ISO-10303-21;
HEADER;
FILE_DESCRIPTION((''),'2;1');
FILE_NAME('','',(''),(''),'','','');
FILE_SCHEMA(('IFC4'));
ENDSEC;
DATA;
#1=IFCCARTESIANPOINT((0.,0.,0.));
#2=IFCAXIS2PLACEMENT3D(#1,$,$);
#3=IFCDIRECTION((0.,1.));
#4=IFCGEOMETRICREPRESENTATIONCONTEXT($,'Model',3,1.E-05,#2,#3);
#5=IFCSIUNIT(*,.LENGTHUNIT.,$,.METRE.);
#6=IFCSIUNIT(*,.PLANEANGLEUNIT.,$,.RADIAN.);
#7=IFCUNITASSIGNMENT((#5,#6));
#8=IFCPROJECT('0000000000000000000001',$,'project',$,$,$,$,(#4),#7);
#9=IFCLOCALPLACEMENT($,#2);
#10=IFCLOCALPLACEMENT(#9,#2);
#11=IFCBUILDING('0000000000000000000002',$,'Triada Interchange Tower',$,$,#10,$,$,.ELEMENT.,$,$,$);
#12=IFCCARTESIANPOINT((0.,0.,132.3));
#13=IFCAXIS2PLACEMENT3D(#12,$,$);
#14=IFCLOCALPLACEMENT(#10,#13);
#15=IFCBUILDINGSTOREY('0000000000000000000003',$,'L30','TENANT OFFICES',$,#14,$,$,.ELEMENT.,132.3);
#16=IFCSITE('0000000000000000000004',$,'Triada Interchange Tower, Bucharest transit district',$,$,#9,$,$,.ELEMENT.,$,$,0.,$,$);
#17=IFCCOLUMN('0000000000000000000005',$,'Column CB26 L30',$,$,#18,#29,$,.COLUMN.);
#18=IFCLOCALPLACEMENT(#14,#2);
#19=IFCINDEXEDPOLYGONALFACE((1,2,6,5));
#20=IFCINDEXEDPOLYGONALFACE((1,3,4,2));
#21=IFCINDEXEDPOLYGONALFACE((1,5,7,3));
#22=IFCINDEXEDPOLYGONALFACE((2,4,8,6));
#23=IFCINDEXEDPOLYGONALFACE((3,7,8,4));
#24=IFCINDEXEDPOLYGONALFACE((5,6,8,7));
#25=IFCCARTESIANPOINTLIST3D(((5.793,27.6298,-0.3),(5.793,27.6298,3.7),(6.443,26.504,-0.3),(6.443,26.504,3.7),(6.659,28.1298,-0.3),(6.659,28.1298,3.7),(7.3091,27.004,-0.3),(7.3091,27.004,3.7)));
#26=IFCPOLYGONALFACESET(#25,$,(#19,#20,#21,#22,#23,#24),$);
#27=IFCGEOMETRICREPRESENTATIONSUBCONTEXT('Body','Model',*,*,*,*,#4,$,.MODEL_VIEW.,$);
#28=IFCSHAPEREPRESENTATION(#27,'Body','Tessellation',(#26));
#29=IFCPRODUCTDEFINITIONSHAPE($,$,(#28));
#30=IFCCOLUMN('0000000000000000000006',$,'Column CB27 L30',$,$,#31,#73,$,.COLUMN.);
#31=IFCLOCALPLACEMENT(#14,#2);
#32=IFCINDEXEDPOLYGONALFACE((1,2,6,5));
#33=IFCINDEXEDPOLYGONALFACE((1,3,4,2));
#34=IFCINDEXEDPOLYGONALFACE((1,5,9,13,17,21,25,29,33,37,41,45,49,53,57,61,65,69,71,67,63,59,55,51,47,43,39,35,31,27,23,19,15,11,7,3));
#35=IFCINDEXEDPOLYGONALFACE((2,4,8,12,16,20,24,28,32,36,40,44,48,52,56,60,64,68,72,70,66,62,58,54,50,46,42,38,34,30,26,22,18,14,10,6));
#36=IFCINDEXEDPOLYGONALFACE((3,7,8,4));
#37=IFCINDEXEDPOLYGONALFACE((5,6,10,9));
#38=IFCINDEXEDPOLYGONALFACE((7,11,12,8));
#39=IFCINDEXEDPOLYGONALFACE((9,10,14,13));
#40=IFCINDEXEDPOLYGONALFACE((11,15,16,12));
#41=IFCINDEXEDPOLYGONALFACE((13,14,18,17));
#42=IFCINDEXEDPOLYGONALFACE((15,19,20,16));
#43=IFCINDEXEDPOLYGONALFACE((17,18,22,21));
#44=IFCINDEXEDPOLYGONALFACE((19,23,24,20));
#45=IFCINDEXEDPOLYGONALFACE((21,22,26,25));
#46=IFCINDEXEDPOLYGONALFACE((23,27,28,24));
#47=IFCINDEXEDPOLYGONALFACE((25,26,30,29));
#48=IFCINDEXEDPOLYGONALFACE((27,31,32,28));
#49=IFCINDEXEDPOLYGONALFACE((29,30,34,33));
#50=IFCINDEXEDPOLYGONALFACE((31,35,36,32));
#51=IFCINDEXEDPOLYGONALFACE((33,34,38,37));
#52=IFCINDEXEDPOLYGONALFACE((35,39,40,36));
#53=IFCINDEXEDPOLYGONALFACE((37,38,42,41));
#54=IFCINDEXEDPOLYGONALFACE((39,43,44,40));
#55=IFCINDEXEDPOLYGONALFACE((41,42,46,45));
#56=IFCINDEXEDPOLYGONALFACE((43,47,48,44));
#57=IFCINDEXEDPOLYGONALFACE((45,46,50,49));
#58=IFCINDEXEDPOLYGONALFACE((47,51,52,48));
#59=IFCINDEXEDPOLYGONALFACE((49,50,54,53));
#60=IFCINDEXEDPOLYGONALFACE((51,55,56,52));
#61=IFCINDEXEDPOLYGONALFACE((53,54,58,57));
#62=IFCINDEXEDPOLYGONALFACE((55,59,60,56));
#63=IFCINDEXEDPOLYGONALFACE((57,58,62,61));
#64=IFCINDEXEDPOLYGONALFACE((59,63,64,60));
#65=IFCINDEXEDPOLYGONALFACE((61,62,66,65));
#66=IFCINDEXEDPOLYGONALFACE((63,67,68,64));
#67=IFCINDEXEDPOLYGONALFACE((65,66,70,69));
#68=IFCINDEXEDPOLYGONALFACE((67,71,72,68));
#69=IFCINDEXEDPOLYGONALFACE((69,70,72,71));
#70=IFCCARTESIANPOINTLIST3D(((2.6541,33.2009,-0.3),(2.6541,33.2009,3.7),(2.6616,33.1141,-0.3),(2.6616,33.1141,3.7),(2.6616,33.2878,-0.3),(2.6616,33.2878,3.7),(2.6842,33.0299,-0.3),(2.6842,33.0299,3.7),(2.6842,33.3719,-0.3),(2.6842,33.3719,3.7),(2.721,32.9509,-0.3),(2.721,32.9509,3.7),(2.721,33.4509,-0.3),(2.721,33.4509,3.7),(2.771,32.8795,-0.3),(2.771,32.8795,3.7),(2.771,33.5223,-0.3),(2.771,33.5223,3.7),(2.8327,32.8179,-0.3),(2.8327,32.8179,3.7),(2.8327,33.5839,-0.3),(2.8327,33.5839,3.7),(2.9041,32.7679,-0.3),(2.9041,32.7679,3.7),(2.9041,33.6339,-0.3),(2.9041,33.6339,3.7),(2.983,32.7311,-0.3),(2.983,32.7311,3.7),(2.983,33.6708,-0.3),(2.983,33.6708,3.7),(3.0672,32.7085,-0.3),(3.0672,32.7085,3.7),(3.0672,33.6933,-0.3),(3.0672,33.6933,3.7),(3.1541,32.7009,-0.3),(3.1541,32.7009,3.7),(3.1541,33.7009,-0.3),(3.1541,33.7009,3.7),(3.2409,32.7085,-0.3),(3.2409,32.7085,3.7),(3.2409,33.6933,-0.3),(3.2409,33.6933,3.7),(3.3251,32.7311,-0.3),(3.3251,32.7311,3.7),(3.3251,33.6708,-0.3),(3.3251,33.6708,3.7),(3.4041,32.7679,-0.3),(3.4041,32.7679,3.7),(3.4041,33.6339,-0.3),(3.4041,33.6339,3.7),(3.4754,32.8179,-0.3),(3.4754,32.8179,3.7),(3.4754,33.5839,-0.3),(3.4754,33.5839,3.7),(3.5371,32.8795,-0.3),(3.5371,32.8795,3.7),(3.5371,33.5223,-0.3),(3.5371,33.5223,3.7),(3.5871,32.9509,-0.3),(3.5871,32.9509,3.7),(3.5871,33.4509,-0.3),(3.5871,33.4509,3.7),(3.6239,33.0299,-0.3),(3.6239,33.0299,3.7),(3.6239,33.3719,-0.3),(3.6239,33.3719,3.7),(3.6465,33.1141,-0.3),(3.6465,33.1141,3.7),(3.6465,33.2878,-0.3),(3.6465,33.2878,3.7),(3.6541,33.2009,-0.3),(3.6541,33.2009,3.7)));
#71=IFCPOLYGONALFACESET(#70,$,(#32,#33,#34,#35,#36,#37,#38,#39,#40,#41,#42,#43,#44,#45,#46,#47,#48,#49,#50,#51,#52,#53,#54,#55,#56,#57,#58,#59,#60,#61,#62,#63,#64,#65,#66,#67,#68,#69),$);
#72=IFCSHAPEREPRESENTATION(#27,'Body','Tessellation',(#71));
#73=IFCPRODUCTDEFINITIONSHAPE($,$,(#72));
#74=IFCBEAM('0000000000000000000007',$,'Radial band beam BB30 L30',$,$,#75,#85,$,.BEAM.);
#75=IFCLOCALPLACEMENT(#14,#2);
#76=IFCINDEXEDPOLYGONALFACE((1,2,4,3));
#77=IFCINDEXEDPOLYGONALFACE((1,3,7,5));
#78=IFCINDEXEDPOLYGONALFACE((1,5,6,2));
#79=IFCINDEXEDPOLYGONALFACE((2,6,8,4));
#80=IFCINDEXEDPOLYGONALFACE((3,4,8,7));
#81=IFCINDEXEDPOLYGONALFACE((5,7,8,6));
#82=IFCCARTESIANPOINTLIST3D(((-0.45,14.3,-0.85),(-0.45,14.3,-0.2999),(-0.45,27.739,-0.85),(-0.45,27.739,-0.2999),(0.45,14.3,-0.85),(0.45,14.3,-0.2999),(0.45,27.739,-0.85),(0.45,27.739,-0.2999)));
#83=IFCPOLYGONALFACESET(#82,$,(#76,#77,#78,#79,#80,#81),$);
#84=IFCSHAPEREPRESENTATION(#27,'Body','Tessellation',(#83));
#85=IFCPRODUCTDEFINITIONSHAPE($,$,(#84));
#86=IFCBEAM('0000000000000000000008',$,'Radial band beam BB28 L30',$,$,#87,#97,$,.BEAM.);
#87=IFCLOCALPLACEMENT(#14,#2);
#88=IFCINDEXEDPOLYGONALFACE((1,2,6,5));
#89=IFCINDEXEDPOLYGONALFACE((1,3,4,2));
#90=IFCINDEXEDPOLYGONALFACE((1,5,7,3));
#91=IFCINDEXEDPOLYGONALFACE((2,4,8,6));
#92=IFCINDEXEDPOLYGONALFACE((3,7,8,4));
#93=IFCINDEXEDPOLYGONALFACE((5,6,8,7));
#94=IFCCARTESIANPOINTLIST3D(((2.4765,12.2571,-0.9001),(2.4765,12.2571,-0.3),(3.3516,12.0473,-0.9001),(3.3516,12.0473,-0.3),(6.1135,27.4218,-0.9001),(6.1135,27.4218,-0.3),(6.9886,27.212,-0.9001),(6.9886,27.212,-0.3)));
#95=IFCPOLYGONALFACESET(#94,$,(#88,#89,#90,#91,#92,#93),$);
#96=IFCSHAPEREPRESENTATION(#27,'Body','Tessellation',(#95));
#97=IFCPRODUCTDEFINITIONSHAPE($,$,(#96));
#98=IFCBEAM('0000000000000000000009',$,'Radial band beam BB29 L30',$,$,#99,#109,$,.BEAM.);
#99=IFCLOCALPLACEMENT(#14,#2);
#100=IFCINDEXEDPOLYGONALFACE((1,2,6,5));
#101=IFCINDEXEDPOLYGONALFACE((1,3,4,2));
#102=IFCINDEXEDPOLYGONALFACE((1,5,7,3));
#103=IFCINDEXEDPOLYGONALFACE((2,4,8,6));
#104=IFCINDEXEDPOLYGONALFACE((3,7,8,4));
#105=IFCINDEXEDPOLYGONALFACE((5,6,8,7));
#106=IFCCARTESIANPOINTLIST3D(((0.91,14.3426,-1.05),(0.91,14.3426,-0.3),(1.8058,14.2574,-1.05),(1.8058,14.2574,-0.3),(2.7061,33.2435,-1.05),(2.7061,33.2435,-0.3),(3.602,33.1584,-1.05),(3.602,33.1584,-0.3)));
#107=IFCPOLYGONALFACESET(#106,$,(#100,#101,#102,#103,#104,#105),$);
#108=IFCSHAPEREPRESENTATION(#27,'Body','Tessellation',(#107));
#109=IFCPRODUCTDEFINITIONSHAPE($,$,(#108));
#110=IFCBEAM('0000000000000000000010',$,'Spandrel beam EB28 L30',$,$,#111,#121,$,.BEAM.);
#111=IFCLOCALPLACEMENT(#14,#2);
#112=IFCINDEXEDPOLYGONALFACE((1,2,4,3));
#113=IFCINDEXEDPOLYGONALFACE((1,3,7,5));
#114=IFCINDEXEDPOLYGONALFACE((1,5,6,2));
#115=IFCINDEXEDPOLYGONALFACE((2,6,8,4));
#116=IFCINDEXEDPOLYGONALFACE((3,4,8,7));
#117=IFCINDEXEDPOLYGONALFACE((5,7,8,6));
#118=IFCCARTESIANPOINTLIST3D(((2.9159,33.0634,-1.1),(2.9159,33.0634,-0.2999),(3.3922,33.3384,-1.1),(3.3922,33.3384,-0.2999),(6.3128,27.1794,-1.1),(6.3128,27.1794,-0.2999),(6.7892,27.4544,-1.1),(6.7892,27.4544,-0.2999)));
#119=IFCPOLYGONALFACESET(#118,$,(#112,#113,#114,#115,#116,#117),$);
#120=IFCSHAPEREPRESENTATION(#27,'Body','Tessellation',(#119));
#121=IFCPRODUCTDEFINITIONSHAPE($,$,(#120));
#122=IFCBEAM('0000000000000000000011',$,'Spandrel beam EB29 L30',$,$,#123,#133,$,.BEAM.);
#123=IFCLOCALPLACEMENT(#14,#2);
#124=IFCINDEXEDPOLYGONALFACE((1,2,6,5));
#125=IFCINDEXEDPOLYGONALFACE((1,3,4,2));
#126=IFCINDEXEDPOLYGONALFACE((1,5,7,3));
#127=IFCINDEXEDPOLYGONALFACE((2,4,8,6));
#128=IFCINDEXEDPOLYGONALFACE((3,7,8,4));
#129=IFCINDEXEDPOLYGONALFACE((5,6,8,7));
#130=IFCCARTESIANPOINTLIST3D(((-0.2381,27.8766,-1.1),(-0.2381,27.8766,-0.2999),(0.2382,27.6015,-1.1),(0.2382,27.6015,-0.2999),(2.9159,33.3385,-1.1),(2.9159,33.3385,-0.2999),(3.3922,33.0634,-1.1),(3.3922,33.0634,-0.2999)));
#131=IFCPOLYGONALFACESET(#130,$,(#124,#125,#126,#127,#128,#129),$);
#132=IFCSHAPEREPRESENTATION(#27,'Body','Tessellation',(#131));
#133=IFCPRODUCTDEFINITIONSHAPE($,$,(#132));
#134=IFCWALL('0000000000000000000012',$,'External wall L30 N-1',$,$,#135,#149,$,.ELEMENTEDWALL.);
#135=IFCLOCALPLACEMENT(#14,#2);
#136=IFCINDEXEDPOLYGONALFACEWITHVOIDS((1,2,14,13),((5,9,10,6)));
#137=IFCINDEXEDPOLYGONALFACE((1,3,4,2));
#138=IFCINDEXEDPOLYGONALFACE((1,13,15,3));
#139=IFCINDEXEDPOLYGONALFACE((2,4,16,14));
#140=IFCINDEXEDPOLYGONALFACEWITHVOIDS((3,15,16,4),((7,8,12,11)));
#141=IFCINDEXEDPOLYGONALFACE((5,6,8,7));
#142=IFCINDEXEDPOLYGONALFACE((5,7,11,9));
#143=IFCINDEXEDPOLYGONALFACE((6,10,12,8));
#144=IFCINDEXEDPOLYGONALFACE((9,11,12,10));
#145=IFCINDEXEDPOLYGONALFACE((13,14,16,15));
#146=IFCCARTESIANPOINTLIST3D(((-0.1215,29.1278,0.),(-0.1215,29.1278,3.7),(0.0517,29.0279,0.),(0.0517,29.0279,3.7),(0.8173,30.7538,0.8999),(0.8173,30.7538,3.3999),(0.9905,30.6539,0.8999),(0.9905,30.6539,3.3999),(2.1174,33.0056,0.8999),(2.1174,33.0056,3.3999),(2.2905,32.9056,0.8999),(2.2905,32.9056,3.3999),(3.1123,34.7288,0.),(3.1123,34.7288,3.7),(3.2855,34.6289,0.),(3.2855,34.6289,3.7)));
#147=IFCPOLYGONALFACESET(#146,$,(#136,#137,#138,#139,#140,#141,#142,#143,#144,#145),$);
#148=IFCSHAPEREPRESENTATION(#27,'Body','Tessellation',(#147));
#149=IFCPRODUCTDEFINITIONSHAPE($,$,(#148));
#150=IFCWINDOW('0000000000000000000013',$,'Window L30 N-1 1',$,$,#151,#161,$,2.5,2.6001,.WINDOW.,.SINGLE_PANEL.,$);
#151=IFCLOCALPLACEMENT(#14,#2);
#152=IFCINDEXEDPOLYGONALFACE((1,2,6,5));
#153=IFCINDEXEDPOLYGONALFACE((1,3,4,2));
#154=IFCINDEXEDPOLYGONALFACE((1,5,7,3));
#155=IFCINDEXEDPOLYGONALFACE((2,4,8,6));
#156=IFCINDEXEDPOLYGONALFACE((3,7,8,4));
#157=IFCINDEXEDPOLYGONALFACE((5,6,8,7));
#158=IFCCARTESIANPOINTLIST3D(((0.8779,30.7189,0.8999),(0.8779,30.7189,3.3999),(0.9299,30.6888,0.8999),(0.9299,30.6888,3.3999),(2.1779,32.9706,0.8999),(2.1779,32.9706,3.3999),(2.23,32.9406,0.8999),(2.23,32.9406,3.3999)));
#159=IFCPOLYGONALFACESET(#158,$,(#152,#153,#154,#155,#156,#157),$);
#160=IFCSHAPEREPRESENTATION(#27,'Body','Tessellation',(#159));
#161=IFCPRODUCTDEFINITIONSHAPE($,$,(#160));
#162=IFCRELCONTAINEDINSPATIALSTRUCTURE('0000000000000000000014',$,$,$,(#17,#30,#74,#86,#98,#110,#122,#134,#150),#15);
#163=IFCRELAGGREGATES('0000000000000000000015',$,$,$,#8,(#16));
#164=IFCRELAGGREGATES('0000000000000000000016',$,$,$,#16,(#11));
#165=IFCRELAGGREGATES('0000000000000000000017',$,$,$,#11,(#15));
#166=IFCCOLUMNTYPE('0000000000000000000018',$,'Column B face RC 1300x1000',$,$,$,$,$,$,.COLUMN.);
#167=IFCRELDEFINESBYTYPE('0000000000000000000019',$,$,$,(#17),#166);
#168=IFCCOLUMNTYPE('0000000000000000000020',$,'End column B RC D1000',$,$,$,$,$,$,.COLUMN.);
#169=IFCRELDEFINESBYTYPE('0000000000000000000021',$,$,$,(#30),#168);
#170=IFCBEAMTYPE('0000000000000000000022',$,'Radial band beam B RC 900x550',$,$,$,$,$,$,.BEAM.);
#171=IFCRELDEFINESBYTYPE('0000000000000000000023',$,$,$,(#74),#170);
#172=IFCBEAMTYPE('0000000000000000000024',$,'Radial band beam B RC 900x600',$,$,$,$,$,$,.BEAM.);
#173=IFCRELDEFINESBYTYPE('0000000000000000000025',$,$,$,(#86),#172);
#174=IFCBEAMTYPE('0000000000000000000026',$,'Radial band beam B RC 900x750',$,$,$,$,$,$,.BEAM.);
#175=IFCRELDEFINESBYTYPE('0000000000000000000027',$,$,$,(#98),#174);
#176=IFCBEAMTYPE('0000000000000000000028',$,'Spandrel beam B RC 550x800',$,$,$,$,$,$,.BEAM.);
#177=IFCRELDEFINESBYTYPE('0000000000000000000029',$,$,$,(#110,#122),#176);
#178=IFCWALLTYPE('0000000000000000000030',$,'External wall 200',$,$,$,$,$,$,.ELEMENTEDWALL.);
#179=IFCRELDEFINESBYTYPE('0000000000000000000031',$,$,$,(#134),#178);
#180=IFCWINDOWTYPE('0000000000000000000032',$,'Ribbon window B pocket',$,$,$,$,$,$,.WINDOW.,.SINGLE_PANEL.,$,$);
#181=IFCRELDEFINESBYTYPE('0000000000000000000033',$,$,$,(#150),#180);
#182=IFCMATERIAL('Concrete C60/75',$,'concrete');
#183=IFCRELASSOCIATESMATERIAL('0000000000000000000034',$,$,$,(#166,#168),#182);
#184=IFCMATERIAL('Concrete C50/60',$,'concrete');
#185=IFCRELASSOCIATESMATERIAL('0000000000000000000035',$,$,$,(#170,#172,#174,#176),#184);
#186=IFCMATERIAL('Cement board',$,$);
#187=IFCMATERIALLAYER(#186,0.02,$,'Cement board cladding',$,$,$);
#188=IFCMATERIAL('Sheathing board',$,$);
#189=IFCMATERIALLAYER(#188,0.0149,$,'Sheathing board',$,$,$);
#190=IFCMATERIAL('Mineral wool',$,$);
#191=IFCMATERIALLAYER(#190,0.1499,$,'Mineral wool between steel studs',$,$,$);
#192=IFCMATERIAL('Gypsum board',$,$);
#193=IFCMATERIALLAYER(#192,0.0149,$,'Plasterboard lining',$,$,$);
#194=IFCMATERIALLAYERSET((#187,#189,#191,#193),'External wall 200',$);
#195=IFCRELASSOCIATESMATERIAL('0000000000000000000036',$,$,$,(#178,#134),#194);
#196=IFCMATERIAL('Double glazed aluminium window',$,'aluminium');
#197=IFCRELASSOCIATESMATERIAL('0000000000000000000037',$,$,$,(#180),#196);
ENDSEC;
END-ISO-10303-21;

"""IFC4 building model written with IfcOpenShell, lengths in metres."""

from ifc_helpers import new_model, si_unit, direction, frame, frame_2d, origin, origin_2d, place, context, subcontext, project, spatial, rectangle, circle, extrude, material, layer, layer_set, layer_usage, material_profile, profile_set, type_object, element, fill, save


model = new_model("IFC4")

# Units and contexts
model_context = context("Model", 3, precision=1e-05, world=origin(), true_north=direction((0.0, 1.0)))
body_context = subcontext(model_context, "Body", "Model", "MODEL_VIEW")
ifc_project = project(units=[si_unit("LENGTHUNIT", "METRE"), si_unit("PLANEANGLEUNIT", "RADIAN")], contexts=[model_context])

# Site, building, storey
site_placement = place(None, origin())
site = spatial("IfcSite", under=ifc_project, at=site_placement, Name="Triada Interchange Tower, Bucharest transit district", CompositionType="ELEMENT", RefElevation=0.0)
building_placement = place(site_placement, origin())
building = spatial("IfcBuilding", under=site, at=building_placement, Name="Triada Interchange Tower", CompositionType="ELEMENT")
storey_placement = place(building_placement, frame((0.0, 0.0, 132.3)))
storey = spatial("IfcBuildingStorey", under=building, at=storey_placement, Name="L30", Description="TENANT OFFICES", CompositionType="ELEMENT", Elevation=132.3)

# Columns
ifc_material_1 = material(Name="Concrete C60/75", Category="concrete")
ifc_material_profile_1 = material_profile(ifc_material_1, rectangle(XDim=1.3, YDim=1.0, at=origin_2d()), Name="RC 1300x1000")
ifc_profile_set_1 = profile_set([ifc_material_profile_1], Name="Concrete C60/75")
column_type_1 = type_object("IfcColumnType", Name="Column B face RC 1300x1000", PredefinedType="COLUMN", material=ifc_profile_set_1)
column_1_placement = place(storey_placement, frame((6.551, 27.3169, -0.3), z_axis=(0.0, 0.0, 1.0), x_axis=(-0.5, 0.866025, 0.0)))
element("IfcColumn", 1, at=column_1_placement, inside=storey, type_object=column_type_1, Name="Column CB26 L30", PredefinedType="COLUMN", context=body_context, shape_type="SweptSolid", body=[
    extrude(rectangle(XDim=1.3, YDim=1.0, at=origin_2d()), origin(), (0.0, 0.0, 1.0), 4.0),
])
ifc_material_profile_2 = material_profile(ifc_material_1, circle(Radius=0.5, at=origin_2d()), Name="RC D1000")
ifc_profile_set_2 = profile_set([ifc_material_profile_2], Name="Concrete C60/75")
column_type_2 = type_object("IfcColumnType", Name="End column B RC D1000", PredefinedType="COLUMN", material=ifc_profile_set_2)
column_2_placement = place(storey_placement, frame((3.1541, 33.2009, -0.3), z_axis=(0.0, 0.0, 1.0), x_axis=(-0.5, 0.866025, 0.0)))
element("IfcColumn", 2, at=column_2_placement, inside=storey, type_object=column_type_2, Name="Column CB27 L30", PredefinedType="COLUMN", context=body_context, shape_type="SweptSolid", body=[
    extrude(circle(Radius=0.5, at=origin_2d()), origin(), (0.0, 0.0, 1.0), 4.0),
])

# Beams
ifc_material_2 = material(Name="Concrete C50/60", Category="concrete")
ifc_material_profile_3 = material_profile(ifc_material_2, rectangle(XDim=0.8999, YDim=0.55, at=origin_2d()), Name="RC 900x550")
ifc_profile_set_3 = profile_set([ifc_material_profile_3], Name="Concrete C50/60")
beam_type_1 = type_object("IfcBeamType", Name="Radial band beam B RC 900x550", PredefinedType="BEAM", material=ifc_profile_set_3)
beam_1_placement = place(storey_placement, frame((0.0, 27.739, -0.575), z_axis=(0.0, -1.0, 0.0), x_axis=(1.0, 0.0, 0.0)))
element("IfcBeam", 3, at=beam_1_placement, inside=storey, type_object=beam_type_1, Name="Radial band beam BB30 L30", PredefinedType="BEAM", context=body_context, shape_type="SweptSolid", body=[
    extrude(rectangle(XDim=0.8999, YDim=0.55, at=origin_2d()), origin(), (0.0, 0.0, 1.0), 13.439),
])
ifc_material_profile_4 = material_profile(ifc_material_2, rectangle(XDim=0.8999, YDim=0.6001, at=origin_2d()), Name="RC 900x600")
ifc_profile_set_4 = profile_set([ifc_material_profile_4], Name="Concrete C50/60")
beam_type_2 = type_object("IfcBeamType", Name="Radial band beam B RC 900x600", PredefinedType="BEAM", material=ifc_profile_set_4)
beam_2_placement = place(storey_placement, frame((6.551, 27.3169, -0.6001), z_axis=(-0.233216, -0.972425, 0.0), x_axis=(0.972425, -0.233216, 0.0)))
element("IfcBeam", 4, at=beam_2_placement, inside=storey, type_object=beam_type_2, Name="Radial band beam BB28 L30", PredefinedType="BEAM", context=body_context, shape_type="SweptSolid", body=[
    extrude(rectangle(XDim=0.8999, YDim=0.6001, at=origin_2d()), origin(), (0.0, 0.0, 1.0), 15.5947),
])
ifc_material_profile_5 = material_profile(ifc_material_2, rectangle(XDim=0.8999, YDim=0.75, at=origin_2d()), Name="RC 900x750")
ifc_profile_set_5 = profile_set([ifc_material_profile_5], Name="Concrete C50/60")
beam_type_3 = type_object("IfcBeamType", Name="Radial band beam B RC 900x750", PredefinedType="BEAM", material=ifc_profile_set_5)
beam_3_placement = place(storey_placement, frame((3.1541, 33.2009, -0.675), z_axis=(-0.094603, -0.995515, 0.0), x_axis=(0.995515, -0.094603, 0.0)))
element("IfcBeam", 5, at=beam_3_placement, inside=storey, type_object=beam_type_3, Name="Radial band beam BB29 L30", PredefinedType="BEAM", context=body_context, shape_type="SweptSolid", body=[
    extrude(rectangle(XDim=0.8999, YDim=0.75, at=origin_2d()), origin(), (0.0, 0.0, 1.0), 18.9861),
])
ifc_material_profile_6 = material_profile(ifc_material_2, rectangle(XDim=0.55, YDim=0.8, at=origin_2d()), Name="RC 550x800")
ifc_profile_set_6 = profile_set([ifc_material_profile_6], Name="Concrete C50/60")
beam_type_4 = type_object("IfcBeamType", Name="Spandrel beam B RC 550x800", PredefinedType="BEAM", material=ifc_profile_set_6)
beam_4_placement = place(storey_placement, frame((6.551, 27.3169, -0.7), z_axis=(-0.499981, 0.866037, 0.0), x_axis=(-0.866037, -0.499981, 0.0)))
element("IfcBeam", 6, at=beam_4_placement, inside=storey, type_object=beam_type_4, Name="Spandrel beam EB28 L30", PredefinedType="BEAM", context=body_context, shape_type="SweptSolid", body=[
    extrude(rectangle(XDim=0.55, YDim=0.8, at=origin_2d()), origin(), (0.0, 0.0, 1.0), 6.7942),
])
beam_5_placement = place(storey_placement, frame((3.1541, 33.2009, -0.7), z_axis=(-0.500073, -0.865983, 0.0), x_axis=(0.865983, -0.500073, 0.0)))
element("IfcBeam", 7, at=beam_5_placement, inside=storey, type_object=beam_type_4, Name="Spandrel beam EB29 L30", PredefinedType="BEAM", context=body_context, shape_type="SweptSolid", body=[
    extrude(rectangle(XDim=0.55, YDim=0.8, at=origin_2d()), origin(), (0.0, 0.0, 1.0), 6.3071),
])

# Wall, opening, window
ifc_material_3 = material(Name="Cement board")
ifc_layer_1 = layer(ifc_material_3, 0.02, Name="Cement board cladding")
ifc_material_4 = material(Name="Sheathing board")
ifc_layer_2 = layer(ifc_material_4, 0.0149, Name="Sheathing board")
ifc_material_5 = material(Name="Mineral wool")
ifc_layer_3 = layer(ifc_material_5, 0.1499, Name="Mineral wool between steel studs")
ifc_material_6 = material(Name="Gypsum board")
ifc_layer_4 = layer(ifc_material_6, 0.0149, Name="Plasterboard lining")
ifc_layer_set_1 = layer_set([ifc_layer_1, ifc_layer_2, ifc_layer_3, ifc_layer_4], Name="External wall 200")
ifc_layer_usage = layer_usage(ifc_layer_set_1, "AXIS2", "POSITIVE", -0.1001)
wall_type_1 = type_object("IfcWallType", Name="External wall 200", PredefinedType="ELEMENTEDWALL", material=ifc_layer_set_1)
wall_1_placement = place(storey_placement, frame((3.199, 34.679, 0.0), z_axis=(0.0, 0.0, 1.0), x_axis=(-0.500012, -0.866018, 0.0)))
wall_1 = element("IfcWall", 8, at=wall_1_placement, inside=storey, type_object=wall_type_1, material=ifc_layer_usage, Name="External wall L30 N-1", PredefinedType="ELEMENTEDWALL", context=body_context, shape_type="SweptSolid", body=[
    extrude(rectangle(XDim=6.4675, YDim=0.2, at=frame_2d((3.2339, 0.0))), origin(), (0.0, 0.0, 1.0), 3.7),
])
opening_1_placement = place(wall_1_placement, frame((1.99, 0.0, 0.8999)))
opening_1 = element("IfcOpeningElement", 9, at=opening_1_placement, cuts=wall_1, PredefinedType="OPENING", context=body_context, shape_type="SweptSolid", body=[
    extrude(rectangle(XDim=2.6001, YDim=2.5, at=frame_2d((1.3, 1.25))), frame((0.0, 0.1099, 0.0), z_axis=(0.0, -1.0, 0.0), x_axis=(1.0, 0.0, 0.0)), (0.0, 0.0, 1.0), 0.22),
])
ifc_material_7 = material(Name="Double glazed aluminium window", Category="aluminium")
window_type = type_object("IfcWindowType", Name="Ribbon window B pocket", PartitioningType="SINGLE_PANEL", PredefinedType="WINDOW", material=ifc_material_7)
window_1_placement = place(opening_1_placement, origin())
window_1 = element("IfcWindow", 10, at=window_1_placement, inside=storey, type_object=window_type, Name="Window L30 N-1 1", OverallHeight=2.5, OverallWidth=2.6001, PartitioningType="SINGLE_PANEL", PredefinedType="WINDOW", context=body_context, shape_type="SweptSolid", body=[
    extrude(rectangle(XDim=2.6001, YDim=2.5, at=frame_2d((1.3, 1.25))), frame((0.0, 0.03, 0.0), z_axis=(0.0, -1.0, 0.0), x_axis=(1.0, 0.0, 0.0)), (0.0, 0.0, 1.0), 0.0601),
])
fill(opening_1, window_1)

save(model, "model.ifc")
